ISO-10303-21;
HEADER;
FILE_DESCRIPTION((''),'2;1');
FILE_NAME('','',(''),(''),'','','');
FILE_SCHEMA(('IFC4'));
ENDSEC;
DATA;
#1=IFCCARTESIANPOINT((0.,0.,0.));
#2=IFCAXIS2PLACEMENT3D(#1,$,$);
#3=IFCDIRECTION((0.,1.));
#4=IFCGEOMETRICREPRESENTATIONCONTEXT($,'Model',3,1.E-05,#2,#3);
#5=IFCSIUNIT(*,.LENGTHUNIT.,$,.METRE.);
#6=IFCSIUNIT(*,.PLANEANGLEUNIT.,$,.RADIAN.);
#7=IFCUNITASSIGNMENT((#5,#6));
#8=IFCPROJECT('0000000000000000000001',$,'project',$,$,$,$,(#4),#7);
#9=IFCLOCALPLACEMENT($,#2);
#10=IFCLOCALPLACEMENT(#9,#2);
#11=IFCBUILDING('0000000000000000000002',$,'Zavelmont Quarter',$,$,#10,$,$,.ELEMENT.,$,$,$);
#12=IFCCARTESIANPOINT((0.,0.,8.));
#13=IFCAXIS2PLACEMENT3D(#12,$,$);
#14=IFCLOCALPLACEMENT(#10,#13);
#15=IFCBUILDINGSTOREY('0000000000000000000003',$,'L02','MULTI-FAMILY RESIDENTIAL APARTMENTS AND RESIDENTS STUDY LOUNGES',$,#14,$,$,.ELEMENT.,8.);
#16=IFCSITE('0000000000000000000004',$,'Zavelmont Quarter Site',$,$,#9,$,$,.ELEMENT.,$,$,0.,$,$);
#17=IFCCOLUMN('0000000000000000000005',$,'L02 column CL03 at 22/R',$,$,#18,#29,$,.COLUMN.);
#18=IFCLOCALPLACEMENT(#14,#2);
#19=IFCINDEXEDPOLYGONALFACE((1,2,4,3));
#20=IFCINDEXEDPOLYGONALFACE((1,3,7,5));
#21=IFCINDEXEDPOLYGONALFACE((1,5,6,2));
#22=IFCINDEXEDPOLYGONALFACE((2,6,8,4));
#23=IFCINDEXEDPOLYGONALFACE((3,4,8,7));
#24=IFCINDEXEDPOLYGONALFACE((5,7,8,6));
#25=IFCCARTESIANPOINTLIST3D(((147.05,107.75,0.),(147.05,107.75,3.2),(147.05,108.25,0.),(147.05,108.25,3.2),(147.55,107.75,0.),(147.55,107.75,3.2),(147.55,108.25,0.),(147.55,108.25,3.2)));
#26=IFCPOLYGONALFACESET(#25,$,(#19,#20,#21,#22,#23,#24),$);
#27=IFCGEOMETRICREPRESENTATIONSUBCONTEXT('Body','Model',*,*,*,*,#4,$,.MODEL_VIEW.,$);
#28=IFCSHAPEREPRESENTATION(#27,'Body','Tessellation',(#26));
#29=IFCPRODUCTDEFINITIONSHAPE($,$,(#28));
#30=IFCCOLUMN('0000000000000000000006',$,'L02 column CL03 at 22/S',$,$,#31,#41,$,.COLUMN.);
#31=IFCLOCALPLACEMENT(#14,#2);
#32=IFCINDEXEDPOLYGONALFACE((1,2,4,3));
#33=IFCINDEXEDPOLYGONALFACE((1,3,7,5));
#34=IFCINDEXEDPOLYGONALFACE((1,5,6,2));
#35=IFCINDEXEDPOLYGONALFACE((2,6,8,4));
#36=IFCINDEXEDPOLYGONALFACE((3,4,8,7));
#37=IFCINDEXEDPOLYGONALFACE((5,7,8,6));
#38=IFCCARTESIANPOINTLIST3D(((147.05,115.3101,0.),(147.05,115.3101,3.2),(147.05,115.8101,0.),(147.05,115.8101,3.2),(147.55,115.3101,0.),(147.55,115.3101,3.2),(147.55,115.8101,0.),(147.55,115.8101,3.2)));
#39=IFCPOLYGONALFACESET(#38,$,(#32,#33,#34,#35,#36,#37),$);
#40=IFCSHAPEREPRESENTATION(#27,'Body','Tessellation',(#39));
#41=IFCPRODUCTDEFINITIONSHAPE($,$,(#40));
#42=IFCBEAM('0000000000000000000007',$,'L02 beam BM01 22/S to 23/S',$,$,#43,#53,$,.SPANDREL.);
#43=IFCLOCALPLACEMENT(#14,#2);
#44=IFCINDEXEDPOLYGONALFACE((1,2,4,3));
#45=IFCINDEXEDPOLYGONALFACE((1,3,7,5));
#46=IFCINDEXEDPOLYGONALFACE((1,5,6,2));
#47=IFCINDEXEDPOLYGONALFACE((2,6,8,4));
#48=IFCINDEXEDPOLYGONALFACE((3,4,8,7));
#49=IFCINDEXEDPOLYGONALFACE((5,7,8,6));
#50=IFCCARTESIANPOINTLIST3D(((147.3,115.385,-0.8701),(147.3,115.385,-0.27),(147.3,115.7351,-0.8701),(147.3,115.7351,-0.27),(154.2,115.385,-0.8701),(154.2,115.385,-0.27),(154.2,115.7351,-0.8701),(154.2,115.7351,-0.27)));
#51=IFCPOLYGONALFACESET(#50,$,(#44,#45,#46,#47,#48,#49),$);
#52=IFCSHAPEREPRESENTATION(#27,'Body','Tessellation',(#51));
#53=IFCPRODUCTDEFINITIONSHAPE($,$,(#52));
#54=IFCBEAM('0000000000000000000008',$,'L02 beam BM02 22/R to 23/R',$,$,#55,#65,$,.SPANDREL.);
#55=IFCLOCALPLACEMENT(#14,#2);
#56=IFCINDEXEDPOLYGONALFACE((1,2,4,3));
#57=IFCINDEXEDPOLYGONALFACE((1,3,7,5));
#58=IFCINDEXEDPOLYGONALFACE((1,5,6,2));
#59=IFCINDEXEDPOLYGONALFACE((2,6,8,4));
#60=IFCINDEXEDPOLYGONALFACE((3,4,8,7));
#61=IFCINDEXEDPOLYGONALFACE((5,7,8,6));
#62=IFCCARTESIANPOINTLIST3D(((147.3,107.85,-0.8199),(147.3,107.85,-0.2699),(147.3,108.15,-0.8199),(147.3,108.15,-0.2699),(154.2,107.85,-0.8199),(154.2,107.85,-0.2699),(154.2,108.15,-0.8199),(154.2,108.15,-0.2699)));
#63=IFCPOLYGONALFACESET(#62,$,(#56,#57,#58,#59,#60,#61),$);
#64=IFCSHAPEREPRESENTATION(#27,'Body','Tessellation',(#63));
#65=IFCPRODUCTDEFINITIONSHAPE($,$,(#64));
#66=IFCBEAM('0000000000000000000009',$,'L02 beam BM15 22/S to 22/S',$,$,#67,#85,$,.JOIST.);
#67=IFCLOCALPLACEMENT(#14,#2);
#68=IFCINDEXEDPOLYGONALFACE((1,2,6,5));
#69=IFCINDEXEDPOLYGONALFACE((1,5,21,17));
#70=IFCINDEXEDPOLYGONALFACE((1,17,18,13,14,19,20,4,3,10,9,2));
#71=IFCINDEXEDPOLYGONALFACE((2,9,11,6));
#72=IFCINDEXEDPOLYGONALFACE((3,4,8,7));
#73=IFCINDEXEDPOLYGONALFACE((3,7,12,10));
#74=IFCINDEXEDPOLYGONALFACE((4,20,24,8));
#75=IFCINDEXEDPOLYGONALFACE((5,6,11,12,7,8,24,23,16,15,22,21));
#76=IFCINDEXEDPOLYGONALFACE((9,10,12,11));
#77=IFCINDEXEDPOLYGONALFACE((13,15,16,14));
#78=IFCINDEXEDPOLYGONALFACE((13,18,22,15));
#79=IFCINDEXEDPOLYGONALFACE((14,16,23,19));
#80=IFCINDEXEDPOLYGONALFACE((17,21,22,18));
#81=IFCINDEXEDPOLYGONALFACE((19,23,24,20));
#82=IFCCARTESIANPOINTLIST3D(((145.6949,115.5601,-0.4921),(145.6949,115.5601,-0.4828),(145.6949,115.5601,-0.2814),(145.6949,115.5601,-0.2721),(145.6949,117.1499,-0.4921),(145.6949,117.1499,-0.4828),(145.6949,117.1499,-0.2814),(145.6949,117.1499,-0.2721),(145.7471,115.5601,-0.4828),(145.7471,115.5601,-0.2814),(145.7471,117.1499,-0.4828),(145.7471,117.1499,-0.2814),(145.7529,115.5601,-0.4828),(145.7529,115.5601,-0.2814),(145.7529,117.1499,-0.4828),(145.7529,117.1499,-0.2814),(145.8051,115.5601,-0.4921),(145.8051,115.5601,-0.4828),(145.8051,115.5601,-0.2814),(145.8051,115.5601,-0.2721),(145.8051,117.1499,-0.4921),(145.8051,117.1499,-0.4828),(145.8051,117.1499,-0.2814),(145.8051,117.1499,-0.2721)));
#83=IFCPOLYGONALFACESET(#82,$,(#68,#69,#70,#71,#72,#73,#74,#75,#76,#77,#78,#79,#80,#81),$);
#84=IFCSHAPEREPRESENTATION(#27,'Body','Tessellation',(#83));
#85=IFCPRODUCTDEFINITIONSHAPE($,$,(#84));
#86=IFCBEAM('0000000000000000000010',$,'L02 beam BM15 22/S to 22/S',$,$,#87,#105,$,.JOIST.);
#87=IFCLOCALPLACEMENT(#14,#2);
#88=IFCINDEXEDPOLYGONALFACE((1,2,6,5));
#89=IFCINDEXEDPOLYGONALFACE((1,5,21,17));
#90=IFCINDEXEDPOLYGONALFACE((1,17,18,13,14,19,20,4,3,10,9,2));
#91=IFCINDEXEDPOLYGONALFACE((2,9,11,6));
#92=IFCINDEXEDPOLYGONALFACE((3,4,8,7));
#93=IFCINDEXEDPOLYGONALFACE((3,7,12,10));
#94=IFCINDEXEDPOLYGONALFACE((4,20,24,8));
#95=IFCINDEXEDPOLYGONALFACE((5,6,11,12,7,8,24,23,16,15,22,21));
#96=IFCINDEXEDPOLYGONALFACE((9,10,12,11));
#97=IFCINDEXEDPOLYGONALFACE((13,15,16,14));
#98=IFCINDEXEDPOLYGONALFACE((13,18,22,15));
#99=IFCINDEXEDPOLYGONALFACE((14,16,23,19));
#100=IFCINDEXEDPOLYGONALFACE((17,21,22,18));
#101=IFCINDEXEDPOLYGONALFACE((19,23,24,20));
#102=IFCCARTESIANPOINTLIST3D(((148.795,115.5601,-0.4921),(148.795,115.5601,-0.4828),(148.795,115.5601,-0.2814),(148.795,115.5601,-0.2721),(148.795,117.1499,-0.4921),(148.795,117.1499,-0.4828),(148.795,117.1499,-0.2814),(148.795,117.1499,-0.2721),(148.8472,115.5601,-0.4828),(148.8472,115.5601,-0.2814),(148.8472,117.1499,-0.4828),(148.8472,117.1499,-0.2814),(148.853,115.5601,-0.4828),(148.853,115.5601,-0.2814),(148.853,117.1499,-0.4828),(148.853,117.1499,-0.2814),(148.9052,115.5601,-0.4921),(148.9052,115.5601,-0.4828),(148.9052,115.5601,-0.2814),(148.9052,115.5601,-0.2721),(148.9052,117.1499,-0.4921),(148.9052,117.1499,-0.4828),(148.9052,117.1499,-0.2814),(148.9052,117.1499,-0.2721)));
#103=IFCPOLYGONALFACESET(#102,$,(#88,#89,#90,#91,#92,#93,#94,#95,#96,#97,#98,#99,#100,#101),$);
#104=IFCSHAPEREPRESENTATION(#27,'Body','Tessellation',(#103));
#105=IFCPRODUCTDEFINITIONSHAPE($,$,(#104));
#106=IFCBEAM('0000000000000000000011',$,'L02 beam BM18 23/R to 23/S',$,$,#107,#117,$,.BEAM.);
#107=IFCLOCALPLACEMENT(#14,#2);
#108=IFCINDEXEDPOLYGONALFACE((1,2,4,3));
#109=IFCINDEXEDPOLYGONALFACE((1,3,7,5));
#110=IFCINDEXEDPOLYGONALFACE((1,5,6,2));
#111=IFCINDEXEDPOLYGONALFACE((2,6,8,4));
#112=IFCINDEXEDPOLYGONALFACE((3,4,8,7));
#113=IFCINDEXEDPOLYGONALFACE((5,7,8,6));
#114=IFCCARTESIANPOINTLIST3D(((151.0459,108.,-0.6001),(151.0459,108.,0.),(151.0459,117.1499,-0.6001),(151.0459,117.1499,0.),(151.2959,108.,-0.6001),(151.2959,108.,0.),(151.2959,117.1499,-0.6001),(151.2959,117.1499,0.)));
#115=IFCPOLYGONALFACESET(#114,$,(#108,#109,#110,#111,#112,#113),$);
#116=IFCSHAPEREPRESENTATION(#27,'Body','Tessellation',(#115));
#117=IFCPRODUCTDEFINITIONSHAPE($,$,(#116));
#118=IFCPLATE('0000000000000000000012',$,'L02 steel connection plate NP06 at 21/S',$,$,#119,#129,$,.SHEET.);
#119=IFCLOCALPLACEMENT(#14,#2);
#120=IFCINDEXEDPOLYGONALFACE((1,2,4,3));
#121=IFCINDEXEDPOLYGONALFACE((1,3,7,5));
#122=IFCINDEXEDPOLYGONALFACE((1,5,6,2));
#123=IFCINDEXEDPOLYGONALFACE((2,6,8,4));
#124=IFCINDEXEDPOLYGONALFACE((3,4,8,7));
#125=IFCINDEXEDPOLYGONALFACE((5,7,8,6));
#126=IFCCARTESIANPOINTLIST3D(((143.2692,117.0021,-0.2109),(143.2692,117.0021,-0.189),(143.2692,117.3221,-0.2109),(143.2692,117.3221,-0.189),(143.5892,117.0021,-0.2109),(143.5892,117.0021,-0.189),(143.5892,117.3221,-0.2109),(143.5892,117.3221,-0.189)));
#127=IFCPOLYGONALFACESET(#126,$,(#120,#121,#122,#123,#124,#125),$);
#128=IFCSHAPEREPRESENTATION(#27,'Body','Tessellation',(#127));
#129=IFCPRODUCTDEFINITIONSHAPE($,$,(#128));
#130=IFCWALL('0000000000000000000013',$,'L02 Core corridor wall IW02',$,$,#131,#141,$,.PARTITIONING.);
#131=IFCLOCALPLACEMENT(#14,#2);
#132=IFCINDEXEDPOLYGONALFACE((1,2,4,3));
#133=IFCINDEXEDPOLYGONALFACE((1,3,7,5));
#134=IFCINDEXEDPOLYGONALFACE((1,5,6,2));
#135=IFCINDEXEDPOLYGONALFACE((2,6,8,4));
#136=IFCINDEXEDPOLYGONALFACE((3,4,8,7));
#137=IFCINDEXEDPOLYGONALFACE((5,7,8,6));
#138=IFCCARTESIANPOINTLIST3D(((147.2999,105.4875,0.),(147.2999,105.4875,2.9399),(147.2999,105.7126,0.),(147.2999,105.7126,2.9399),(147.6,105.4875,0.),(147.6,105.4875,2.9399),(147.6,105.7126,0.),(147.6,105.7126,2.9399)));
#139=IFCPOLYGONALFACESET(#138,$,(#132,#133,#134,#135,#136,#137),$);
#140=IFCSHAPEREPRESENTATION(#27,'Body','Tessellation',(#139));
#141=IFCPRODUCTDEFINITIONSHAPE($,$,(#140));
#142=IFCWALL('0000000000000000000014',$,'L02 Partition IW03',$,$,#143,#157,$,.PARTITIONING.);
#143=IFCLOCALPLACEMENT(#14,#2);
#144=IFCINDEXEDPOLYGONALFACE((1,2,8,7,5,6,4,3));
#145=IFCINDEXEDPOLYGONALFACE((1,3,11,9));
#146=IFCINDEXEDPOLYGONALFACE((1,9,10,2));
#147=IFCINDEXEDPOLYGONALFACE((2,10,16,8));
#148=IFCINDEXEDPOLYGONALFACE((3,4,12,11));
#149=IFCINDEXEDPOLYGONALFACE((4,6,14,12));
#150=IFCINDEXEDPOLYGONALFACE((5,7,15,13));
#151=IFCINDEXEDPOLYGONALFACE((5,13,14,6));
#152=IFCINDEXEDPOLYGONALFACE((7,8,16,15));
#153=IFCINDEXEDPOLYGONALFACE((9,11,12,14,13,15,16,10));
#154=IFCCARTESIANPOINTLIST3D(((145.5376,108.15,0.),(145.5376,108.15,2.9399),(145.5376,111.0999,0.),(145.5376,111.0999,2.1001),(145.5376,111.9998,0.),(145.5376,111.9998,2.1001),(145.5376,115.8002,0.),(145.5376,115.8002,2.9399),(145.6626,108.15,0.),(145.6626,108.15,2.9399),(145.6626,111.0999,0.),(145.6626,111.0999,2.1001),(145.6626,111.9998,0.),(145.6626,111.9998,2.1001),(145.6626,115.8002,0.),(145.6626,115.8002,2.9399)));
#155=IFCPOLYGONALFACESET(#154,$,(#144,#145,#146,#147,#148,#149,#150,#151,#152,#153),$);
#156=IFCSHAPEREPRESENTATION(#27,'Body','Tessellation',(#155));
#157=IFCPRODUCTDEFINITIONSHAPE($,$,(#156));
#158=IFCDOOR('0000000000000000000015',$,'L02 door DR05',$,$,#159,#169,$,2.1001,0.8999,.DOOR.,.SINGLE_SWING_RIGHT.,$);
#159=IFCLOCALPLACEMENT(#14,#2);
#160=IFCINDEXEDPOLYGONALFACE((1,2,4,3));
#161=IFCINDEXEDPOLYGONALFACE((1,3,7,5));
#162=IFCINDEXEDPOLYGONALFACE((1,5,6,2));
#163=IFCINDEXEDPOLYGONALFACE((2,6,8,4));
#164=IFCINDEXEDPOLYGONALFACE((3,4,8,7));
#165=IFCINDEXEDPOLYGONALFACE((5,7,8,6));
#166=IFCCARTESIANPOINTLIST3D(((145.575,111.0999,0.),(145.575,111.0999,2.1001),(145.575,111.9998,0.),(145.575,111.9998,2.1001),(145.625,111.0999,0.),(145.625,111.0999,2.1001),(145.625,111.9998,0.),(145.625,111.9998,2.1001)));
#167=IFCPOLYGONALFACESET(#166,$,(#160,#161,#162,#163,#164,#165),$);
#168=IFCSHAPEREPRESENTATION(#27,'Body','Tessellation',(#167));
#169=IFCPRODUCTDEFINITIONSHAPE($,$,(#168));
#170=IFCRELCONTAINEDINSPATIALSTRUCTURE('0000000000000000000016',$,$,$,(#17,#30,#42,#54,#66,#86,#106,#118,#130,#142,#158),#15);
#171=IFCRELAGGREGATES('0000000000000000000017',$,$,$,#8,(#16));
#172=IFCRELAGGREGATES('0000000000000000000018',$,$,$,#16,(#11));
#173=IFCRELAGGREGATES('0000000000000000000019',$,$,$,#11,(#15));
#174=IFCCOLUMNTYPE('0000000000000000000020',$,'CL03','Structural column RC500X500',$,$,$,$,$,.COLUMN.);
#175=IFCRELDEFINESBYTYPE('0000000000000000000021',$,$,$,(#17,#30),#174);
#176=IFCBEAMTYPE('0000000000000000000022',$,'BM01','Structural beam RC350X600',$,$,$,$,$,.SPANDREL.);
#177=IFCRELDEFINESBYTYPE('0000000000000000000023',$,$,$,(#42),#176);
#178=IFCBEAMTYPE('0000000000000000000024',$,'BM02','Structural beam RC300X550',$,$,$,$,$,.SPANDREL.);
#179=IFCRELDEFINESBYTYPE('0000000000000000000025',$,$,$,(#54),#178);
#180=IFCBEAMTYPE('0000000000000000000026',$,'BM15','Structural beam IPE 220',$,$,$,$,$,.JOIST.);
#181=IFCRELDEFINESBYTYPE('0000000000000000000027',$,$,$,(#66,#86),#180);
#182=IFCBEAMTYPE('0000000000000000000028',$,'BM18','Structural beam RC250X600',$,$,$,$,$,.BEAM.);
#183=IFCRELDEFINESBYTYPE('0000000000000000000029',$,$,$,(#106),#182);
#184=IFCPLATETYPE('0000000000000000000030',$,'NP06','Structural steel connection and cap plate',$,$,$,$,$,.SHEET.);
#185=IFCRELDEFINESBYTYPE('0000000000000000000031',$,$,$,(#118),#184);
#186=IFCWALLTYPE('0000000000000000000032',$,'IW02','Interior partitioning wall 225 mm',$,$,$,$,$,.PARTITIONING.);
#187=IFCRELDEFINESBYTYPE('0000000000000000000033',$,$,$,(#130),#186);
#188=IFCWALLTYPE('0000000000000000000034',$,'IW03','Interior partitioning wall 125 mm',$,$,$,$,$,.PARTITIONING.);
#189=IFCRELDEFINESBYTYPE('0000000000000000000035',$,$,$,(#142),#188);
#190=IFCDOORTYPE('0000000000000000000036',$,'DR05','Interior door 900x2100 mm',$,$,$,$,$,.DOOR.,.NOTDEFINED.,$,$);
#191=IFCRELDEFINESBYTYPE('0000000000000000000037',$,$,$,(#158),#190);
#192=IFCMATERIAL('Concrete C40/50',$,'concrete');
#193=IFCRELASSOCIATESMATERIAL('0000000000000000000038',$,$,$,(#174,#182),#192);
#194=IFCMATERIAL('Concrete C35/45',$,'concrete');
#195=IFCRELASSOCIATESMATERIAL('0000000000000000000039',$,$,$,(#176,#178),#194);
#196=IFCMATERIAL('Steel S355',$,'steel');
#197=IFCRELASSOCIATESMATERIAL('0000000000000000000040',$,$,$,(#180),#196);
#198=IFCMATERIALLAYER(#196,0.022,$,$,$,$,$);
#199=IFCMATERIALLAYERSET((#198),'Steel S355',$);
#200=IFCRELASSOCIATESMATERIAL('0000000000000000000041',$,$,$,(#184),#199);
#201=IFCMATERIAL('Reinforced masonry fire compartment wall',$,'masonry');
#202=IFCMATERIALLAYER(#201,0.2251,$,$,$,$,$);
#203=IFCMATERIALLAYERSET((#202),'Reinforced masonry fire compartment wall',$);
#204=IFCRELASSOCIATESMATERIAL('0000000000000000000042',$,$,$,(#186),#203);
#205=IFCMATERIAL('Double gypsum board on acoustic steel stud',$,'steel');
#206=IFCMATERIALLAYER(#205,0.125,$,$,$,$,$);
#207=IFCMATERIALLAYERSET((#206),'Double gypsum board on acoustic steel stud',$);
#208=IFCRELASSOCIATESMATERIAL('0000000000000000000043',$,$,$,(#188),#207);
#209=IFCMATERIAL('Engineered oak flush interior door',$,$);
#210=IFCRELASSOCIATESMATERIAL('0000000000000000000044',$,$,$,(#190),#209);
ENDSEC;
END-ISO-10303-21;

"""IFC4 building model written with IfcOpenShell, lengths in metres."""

from ifc_helpers import new_model, si_unit, direction, frame, frame_2d, origin, origin_2d, place, context, subcontext, project, spatial, rectangle, i_section, extrude, material, layer, layer_set, material_profile, profile_set, type_object, element, fill, save


model = new_model("IFC4")

# Units and contexts
model_context = context("Model", 3, precision=1e-05, world=origin(), true_north=direction((0.0, 1.0)))
body_context = subcontext(model_context, "Body", "Model", "MODEL_VIEW")
ifc_project = project(units=[si_unit("LENGTHUNIT", "METRE"), si_unit("PLANEANGLEUNIT", "RADIAN")], contexts=[model_context])

# Site, building, storey
site_placement = place(None, origin())
site = spatial("IfcSite", under=ifc_project, at=site_placement, Name="Zavelmont Quarter Site", CompositionType="ELEMENT", RefElevation=0.0)
building_placement = place(site_placement, origin())
building = spatial("IfcBuilding", under=site, at=building_placement, Name="Zavelmont Quarter", CompositionType="ELEMENT")
storey_placement = place(building_placement, frame((0.0, 0.0, 8.0)))
storey = spatial("IfcBuildingStorey", under=building, at=storey_placement, Name="L02", Description="MULTI-FAMILY RESIDENTIAL APARTMENTS AND RESIDENTS STUDY LOUNGES", CompositionType="ELEMENT", Elevation=8.0)

# Columns
ifc_material_1 = material(Name="Concrete C40/50", Category="concrete")
ifc_material_profile_1 = material_profile(ifc_material_1, rectangle(XDim=0.5, YDim=0.5, at=origin_2d()), Name="RC500X500")
ifc_profile_set_1 = profile_set([ifc_material_profile_1], Name="Concrete C40/50")
column_type = type_object("IfcColumnType", Name="CL03", Description="Structural column RC500X500", PredefinedType="COLUMN", material=ifc_profile_set_1)
for number, where, z_axis, x_axis, name in (
    (1, (147.3, 108.0, 0.0), (0.0, 0.0, 1.0), (1.0, 0.0, 0.0), "L02 column CL03 at 22/R"),
    (2, (147.3, 115.5601, 0.0), (0.0, 0.0, 1.0), (1.0, 0.0, 0.0), "L02 column CL03 at 22/S"),
):
    element("IfcColumn", number, at=place(storey_placement, frame(where, z_axis=z_axis, x_axis=x_axis)), inside=storey, type_object=column_type, Name=name, PredefinedType="COLUMN", context=body_context, shape_type="SweptSolid", body=[
        extrude(rectangle(XDim=0.5, YDim=0.5, at=origin_2d()), origin(), (0.0, 0.0, 1.0), 3.2),
    ])

# Beams
ifc_material_2 = material(Name="Concrete C35/45", Category="concrete")
ifc_material_profile_2 = material_profile(ifc_material_2, rectangle(XDim=0.3501, YDim=0.6001, at=origin_2d()), Name="RC350X600")
ifc_profile_set_2 = profile_set([ifc_material_profile_2], Name="Concrete C35/45")
beam_type_1 = type_object("IfcBeamType", Name="BM01", Description="Structural beam RC350X600", PredefinedType="SPANDREL", material=ifc_profile_set_2)
beam_1_placement = place(storey_placement, frame((147.3, 115.5601, -0.5701), z_axis=(1.0, 0.0, 0.0), x_axis=(0.0, 1.0, 0.0)))
element("IfcBeam", 3, at=beam_1_placement, inside=storey, type_object=beam_type_1, Name="L02 beam BM01 22/S to 23/S", PredefinedType="SPANDREL", context=body_context, shape_type="SweptSolid", body=[
    extrude(rectangle(XDim=0.3501, YDim=0.6001, at=origin_2d()), origin(), (0.0, 0.0, 1.0), 6.8999),
])
ifc_material_profile_3 = material_profile(ifc_material_2, rectangle(XDim=0.3, YDim=0.55, at=origin_2d()), Name="RC300X550")
ifc_profile_set_3 = profile_set([ifc_material_profile_3], Name="Concrete C35/45")
beam_type_2 = type_object("IfcBeamType", Name="BM02", Description="Structural beam RC300X550", PredefinedType="SPANDREL", material=ifc_profile_set_3)
beam_2_placement = place(storey_placement, frame((147.3, 108.0, -0.5449), z_axis=(1.0, 0.0, 0.0), x_axis=(0.0, 1.0, 0.0)))
element("IfcBeam", 4, at=beam_2_placement, inside=storey, type_object=beam_type_2, Name="L02 beam BM02 22/R to 23/R", PredefinedType="SPANDREL", context=body_context, shape_type="SweptSolid", body=[
    extrude(rectangle(XDim=0.3, YDim=0.55, at=origin_2d()), origin(), (0.0, 0.0, 1.0), 6.8999),
])
ifc_material_3 = material(Name="Steel S355", Category="steel")
ifc_material_profile_4 = material_profile(ifc_material_3, i_section(OverallWidth=0.1101, OverallDepth=0.22, WebThickness=0.0059, FlangeThickness=0.0093, at=origin_2d()), Name="IPE 220")
ifc_profile_set_4 = profile_set([ifc_material_profile_4], Name="Steel S355")
beam_type_3 = type_object("IfcBeamType", Name="BM15", Description="Structural beam IPE 220", PredefinedType="JOIST", material=ifc_profile_set_4)
for number, where, z_axis, x_axis, name in (
    (5, (145.75, 115.5601, -0.3821), (0.0, 1.0, 0.0), (-1.0, 0.0, 0.0), "L02 beam BM15 22/S to 22/S"),
    (6, (148.8501, 115.5601, -0.3821), (0.0, 1.0, 0.0), (-1.0, 0.0, 0.0), "L02 beam BM15 22/S to 22/S"),
):
    element("IfcBeam", number, at=place(storey_placement, frame(where, z_axis=z_axis, x_axis=x_axis)), inside=storey, type_object=beam_type_3, Name=name, PredefinedType="JOIST", context=body_context, shape_type="SweptSolid", body=[
        extrude(i_section(OverallWidth=0.1101, OverallDepth=0.22, WebThickness=0.0059, FlangeThickness=0.0093, at=origin_2d()), origin(), (0.0, 0.0, 1.0), 1.5898),
    ])
ifc_material_profile_5 = material_profile(ifc_material_1, rectangle(XDim=0.25, YDim=0.6001, at=origin_2d()), Name="RC250X600")
ifc_profile_set_5 = profile_set([ifc_material_profile_5], Name="Concrete C40/50")
beam_type_4 = type_object("IfcBeamType", Name="BM18", Description="Structural beam RC250X600", PredefinedType="BEAM", material=ifc_profile_set_5)
beam_3_placement = place(storey_placement, frame((151.1709, 108.0, -0.3), z_axis=(0.0, 1.0, 0.0), x_axis=(-1.0, 0.0, 0.0)))
element("IfcBeam", 7, at=beam_3_placement, inside=storey, type_object=beam_type_4, Name="L02 beam BM18 23/R to 23/S", PredefinedType="BEAM", context=body_context, shape_type="SweptSolid", body=[
    extrude(rectangle(XDim=0.25, YDim=0.6001, at=origin_2d()), origin(), (0.0, 0.0, 1.0), 9.1499),
])

# Plate
ifc_layer_1 = layer(ifc_material_3, 0.022)
ifc_layer_set_1 = layer_set([ifc_layer_1], Name="Steel S355")
plate_type = type_object("IfcPlateType", Name="NP06", Description="Structural steel connection and cap plate", PredefinedType="SHEET", material=ifc_layer_set_1)
plate_placement = place(storey_placement, frame((143.4292, 117.1621, -0.2109), z_axis=(0.0, 0.0, 1.0), x_axis=(1.0, 0.0, 0.0)))
element("IfcPlate", 8, at=plate_placement, inside=storey, type_object=plate_type, Name="L02 steel connection plate NP06 at 21/S", PredefinedType="SHEET", context=body_context, shape_type="SweptSolid", body=[
    extrude(rectangle(XDim=0.3201, YDim=0.3201, at=origin_2d()), origin(), (0.0, 0.0, 1.0), 0.022),
])

# Wall
ifc_material_4 = material(Name="Reinforced masonry fire compartment wall", Category="masonry")
ifc_layer_2 = layer(ifc_material_4, 0.2251)
ifc_layer_set_2 = layer_set([ifc_layer_2], Name="Reinforced masonry fire compartment wall")
wall_type_1 = type_object("IfcWallType", Name="IW02", Description="Interior partitioning wall 225 mm", PredefinedType="PARTITIONING", material=ifc_layer_set_2)
wall_1_placement = place(storey_placement, frame((147.3, 105.6001, 0.0), z_axis=(0.0, 0.0, 1.0), x_axis=(1.0, 0.0, 0.0)))
element("IfcWall", 9, at=wall_1_placement, inside=storey, type_object=wall_type_1, Name="L02 Core corridor wall IW02", PredefinedType="PARTITIONING", context=body_context, shape_type="SweptSolid", body=[
    extrude(rectangle(XDim=0.3, YDim=0.2251, at=frame_2d((0.1499, 0.0))), origin(), (0.0, 0.0, 1.0), 2.9399),
])

# Wall, opening, door
ifc_material_5 = material(Name="Double gypsum board on acoustic steel stud", Category="steel")
ifc_layer_3 = layer(ifc_material_5, 0.125)
ifc_layer_set_3 = layer_set([ifc_layer_3], Name="Double gypsum board on acoustic steel stud")
wall_type_2 = type_object("IfcWallType", Name="IW03", Description="Interior partitioning wall 125 mm", PredefinedType="PARTITIONING", material=ifc_layer_set_3)
wall_2_placement = place(storey_placement, frame((145.6001, 108.1499, 0.0), z_axis=(0.0, 0.0, 1.0), x_axis=(0.0, 1.0, 0.0)))
wall_2 = element("IfcWall", 10, at=wall_2_placement, inside=storey, type_object=wall_type_2, Name="L02 Partition IW03", PredefinedType="PARTITIONING", context=body_context, shape_type="SweptSolid", body=[
    extrude(rectangle(XDim=7.6501, YDim=0.125, at=frame_2d((3.8252, 0.0))), origin(), (0.0, 0.0, 1.0), 2.9399),
])
opening_1_placement = place(wall_2_placement, frame((2.95, 0.0, 0.0)))
opening_1 = element("IfcOpeningElement", 11, at=opening_1_placement, cuts=wall_2, PredefinedType="OPENING", context=body_context, shape_type="SweptSolid", body=[
    extrude(rectangle(XDim=0.8999, YDim=2.1001, at=frame_2d((0.45, 1.05))), frame((0.0, 0.0745, 0.0), z_axis=(0.0, -1.0, 0.0), x_axis=(1.0, 0.0, 0.0)), (0.0, 0.0, 1.0), 0.1489),
])
ifc_material_6 = material(Name="Engineered oak flush interior door")
door_type_1 = type_object("IfcDoorType", Name="DR05", Description="Interior door 900x2100 mm", OperationType="NOTDEFINED", PredefinedType="DOOR", material=ifc_material_6)
door_1_placement = place(opening_1_placement, frame((0.8999, 0.0, 0.0), z_axis=(0.0, 0.0, 1.0), x_axis=(-1.0, 0.0, 0.0)))
door_1 = element("IfcDoor", 12, at=door_1_placement, inside=storey, type_object=door_type_1, Name="L02 door DR05", OperationType="SINGLE_SWING_RIGHT", OverallHeight=2.1001, OverallWidth=0.8999, PredefinedType="DOOR", context=body_context, shape_type="SweptSolid", body=[
    extrude(rectangle(XDim=0.8999, YDim=2.1001, at=frame_2d((0.45, 1.05))), frame((0.0, 0.0249, 0.0), z_axis=(0.0, -1.0, 0.0), x_axis=(1.0, 0.0, 0.0)), (0.0, 0.0, 1.0), 0.05),
])
fill(opening_1, door_1)

save(model, "model.ifc")
